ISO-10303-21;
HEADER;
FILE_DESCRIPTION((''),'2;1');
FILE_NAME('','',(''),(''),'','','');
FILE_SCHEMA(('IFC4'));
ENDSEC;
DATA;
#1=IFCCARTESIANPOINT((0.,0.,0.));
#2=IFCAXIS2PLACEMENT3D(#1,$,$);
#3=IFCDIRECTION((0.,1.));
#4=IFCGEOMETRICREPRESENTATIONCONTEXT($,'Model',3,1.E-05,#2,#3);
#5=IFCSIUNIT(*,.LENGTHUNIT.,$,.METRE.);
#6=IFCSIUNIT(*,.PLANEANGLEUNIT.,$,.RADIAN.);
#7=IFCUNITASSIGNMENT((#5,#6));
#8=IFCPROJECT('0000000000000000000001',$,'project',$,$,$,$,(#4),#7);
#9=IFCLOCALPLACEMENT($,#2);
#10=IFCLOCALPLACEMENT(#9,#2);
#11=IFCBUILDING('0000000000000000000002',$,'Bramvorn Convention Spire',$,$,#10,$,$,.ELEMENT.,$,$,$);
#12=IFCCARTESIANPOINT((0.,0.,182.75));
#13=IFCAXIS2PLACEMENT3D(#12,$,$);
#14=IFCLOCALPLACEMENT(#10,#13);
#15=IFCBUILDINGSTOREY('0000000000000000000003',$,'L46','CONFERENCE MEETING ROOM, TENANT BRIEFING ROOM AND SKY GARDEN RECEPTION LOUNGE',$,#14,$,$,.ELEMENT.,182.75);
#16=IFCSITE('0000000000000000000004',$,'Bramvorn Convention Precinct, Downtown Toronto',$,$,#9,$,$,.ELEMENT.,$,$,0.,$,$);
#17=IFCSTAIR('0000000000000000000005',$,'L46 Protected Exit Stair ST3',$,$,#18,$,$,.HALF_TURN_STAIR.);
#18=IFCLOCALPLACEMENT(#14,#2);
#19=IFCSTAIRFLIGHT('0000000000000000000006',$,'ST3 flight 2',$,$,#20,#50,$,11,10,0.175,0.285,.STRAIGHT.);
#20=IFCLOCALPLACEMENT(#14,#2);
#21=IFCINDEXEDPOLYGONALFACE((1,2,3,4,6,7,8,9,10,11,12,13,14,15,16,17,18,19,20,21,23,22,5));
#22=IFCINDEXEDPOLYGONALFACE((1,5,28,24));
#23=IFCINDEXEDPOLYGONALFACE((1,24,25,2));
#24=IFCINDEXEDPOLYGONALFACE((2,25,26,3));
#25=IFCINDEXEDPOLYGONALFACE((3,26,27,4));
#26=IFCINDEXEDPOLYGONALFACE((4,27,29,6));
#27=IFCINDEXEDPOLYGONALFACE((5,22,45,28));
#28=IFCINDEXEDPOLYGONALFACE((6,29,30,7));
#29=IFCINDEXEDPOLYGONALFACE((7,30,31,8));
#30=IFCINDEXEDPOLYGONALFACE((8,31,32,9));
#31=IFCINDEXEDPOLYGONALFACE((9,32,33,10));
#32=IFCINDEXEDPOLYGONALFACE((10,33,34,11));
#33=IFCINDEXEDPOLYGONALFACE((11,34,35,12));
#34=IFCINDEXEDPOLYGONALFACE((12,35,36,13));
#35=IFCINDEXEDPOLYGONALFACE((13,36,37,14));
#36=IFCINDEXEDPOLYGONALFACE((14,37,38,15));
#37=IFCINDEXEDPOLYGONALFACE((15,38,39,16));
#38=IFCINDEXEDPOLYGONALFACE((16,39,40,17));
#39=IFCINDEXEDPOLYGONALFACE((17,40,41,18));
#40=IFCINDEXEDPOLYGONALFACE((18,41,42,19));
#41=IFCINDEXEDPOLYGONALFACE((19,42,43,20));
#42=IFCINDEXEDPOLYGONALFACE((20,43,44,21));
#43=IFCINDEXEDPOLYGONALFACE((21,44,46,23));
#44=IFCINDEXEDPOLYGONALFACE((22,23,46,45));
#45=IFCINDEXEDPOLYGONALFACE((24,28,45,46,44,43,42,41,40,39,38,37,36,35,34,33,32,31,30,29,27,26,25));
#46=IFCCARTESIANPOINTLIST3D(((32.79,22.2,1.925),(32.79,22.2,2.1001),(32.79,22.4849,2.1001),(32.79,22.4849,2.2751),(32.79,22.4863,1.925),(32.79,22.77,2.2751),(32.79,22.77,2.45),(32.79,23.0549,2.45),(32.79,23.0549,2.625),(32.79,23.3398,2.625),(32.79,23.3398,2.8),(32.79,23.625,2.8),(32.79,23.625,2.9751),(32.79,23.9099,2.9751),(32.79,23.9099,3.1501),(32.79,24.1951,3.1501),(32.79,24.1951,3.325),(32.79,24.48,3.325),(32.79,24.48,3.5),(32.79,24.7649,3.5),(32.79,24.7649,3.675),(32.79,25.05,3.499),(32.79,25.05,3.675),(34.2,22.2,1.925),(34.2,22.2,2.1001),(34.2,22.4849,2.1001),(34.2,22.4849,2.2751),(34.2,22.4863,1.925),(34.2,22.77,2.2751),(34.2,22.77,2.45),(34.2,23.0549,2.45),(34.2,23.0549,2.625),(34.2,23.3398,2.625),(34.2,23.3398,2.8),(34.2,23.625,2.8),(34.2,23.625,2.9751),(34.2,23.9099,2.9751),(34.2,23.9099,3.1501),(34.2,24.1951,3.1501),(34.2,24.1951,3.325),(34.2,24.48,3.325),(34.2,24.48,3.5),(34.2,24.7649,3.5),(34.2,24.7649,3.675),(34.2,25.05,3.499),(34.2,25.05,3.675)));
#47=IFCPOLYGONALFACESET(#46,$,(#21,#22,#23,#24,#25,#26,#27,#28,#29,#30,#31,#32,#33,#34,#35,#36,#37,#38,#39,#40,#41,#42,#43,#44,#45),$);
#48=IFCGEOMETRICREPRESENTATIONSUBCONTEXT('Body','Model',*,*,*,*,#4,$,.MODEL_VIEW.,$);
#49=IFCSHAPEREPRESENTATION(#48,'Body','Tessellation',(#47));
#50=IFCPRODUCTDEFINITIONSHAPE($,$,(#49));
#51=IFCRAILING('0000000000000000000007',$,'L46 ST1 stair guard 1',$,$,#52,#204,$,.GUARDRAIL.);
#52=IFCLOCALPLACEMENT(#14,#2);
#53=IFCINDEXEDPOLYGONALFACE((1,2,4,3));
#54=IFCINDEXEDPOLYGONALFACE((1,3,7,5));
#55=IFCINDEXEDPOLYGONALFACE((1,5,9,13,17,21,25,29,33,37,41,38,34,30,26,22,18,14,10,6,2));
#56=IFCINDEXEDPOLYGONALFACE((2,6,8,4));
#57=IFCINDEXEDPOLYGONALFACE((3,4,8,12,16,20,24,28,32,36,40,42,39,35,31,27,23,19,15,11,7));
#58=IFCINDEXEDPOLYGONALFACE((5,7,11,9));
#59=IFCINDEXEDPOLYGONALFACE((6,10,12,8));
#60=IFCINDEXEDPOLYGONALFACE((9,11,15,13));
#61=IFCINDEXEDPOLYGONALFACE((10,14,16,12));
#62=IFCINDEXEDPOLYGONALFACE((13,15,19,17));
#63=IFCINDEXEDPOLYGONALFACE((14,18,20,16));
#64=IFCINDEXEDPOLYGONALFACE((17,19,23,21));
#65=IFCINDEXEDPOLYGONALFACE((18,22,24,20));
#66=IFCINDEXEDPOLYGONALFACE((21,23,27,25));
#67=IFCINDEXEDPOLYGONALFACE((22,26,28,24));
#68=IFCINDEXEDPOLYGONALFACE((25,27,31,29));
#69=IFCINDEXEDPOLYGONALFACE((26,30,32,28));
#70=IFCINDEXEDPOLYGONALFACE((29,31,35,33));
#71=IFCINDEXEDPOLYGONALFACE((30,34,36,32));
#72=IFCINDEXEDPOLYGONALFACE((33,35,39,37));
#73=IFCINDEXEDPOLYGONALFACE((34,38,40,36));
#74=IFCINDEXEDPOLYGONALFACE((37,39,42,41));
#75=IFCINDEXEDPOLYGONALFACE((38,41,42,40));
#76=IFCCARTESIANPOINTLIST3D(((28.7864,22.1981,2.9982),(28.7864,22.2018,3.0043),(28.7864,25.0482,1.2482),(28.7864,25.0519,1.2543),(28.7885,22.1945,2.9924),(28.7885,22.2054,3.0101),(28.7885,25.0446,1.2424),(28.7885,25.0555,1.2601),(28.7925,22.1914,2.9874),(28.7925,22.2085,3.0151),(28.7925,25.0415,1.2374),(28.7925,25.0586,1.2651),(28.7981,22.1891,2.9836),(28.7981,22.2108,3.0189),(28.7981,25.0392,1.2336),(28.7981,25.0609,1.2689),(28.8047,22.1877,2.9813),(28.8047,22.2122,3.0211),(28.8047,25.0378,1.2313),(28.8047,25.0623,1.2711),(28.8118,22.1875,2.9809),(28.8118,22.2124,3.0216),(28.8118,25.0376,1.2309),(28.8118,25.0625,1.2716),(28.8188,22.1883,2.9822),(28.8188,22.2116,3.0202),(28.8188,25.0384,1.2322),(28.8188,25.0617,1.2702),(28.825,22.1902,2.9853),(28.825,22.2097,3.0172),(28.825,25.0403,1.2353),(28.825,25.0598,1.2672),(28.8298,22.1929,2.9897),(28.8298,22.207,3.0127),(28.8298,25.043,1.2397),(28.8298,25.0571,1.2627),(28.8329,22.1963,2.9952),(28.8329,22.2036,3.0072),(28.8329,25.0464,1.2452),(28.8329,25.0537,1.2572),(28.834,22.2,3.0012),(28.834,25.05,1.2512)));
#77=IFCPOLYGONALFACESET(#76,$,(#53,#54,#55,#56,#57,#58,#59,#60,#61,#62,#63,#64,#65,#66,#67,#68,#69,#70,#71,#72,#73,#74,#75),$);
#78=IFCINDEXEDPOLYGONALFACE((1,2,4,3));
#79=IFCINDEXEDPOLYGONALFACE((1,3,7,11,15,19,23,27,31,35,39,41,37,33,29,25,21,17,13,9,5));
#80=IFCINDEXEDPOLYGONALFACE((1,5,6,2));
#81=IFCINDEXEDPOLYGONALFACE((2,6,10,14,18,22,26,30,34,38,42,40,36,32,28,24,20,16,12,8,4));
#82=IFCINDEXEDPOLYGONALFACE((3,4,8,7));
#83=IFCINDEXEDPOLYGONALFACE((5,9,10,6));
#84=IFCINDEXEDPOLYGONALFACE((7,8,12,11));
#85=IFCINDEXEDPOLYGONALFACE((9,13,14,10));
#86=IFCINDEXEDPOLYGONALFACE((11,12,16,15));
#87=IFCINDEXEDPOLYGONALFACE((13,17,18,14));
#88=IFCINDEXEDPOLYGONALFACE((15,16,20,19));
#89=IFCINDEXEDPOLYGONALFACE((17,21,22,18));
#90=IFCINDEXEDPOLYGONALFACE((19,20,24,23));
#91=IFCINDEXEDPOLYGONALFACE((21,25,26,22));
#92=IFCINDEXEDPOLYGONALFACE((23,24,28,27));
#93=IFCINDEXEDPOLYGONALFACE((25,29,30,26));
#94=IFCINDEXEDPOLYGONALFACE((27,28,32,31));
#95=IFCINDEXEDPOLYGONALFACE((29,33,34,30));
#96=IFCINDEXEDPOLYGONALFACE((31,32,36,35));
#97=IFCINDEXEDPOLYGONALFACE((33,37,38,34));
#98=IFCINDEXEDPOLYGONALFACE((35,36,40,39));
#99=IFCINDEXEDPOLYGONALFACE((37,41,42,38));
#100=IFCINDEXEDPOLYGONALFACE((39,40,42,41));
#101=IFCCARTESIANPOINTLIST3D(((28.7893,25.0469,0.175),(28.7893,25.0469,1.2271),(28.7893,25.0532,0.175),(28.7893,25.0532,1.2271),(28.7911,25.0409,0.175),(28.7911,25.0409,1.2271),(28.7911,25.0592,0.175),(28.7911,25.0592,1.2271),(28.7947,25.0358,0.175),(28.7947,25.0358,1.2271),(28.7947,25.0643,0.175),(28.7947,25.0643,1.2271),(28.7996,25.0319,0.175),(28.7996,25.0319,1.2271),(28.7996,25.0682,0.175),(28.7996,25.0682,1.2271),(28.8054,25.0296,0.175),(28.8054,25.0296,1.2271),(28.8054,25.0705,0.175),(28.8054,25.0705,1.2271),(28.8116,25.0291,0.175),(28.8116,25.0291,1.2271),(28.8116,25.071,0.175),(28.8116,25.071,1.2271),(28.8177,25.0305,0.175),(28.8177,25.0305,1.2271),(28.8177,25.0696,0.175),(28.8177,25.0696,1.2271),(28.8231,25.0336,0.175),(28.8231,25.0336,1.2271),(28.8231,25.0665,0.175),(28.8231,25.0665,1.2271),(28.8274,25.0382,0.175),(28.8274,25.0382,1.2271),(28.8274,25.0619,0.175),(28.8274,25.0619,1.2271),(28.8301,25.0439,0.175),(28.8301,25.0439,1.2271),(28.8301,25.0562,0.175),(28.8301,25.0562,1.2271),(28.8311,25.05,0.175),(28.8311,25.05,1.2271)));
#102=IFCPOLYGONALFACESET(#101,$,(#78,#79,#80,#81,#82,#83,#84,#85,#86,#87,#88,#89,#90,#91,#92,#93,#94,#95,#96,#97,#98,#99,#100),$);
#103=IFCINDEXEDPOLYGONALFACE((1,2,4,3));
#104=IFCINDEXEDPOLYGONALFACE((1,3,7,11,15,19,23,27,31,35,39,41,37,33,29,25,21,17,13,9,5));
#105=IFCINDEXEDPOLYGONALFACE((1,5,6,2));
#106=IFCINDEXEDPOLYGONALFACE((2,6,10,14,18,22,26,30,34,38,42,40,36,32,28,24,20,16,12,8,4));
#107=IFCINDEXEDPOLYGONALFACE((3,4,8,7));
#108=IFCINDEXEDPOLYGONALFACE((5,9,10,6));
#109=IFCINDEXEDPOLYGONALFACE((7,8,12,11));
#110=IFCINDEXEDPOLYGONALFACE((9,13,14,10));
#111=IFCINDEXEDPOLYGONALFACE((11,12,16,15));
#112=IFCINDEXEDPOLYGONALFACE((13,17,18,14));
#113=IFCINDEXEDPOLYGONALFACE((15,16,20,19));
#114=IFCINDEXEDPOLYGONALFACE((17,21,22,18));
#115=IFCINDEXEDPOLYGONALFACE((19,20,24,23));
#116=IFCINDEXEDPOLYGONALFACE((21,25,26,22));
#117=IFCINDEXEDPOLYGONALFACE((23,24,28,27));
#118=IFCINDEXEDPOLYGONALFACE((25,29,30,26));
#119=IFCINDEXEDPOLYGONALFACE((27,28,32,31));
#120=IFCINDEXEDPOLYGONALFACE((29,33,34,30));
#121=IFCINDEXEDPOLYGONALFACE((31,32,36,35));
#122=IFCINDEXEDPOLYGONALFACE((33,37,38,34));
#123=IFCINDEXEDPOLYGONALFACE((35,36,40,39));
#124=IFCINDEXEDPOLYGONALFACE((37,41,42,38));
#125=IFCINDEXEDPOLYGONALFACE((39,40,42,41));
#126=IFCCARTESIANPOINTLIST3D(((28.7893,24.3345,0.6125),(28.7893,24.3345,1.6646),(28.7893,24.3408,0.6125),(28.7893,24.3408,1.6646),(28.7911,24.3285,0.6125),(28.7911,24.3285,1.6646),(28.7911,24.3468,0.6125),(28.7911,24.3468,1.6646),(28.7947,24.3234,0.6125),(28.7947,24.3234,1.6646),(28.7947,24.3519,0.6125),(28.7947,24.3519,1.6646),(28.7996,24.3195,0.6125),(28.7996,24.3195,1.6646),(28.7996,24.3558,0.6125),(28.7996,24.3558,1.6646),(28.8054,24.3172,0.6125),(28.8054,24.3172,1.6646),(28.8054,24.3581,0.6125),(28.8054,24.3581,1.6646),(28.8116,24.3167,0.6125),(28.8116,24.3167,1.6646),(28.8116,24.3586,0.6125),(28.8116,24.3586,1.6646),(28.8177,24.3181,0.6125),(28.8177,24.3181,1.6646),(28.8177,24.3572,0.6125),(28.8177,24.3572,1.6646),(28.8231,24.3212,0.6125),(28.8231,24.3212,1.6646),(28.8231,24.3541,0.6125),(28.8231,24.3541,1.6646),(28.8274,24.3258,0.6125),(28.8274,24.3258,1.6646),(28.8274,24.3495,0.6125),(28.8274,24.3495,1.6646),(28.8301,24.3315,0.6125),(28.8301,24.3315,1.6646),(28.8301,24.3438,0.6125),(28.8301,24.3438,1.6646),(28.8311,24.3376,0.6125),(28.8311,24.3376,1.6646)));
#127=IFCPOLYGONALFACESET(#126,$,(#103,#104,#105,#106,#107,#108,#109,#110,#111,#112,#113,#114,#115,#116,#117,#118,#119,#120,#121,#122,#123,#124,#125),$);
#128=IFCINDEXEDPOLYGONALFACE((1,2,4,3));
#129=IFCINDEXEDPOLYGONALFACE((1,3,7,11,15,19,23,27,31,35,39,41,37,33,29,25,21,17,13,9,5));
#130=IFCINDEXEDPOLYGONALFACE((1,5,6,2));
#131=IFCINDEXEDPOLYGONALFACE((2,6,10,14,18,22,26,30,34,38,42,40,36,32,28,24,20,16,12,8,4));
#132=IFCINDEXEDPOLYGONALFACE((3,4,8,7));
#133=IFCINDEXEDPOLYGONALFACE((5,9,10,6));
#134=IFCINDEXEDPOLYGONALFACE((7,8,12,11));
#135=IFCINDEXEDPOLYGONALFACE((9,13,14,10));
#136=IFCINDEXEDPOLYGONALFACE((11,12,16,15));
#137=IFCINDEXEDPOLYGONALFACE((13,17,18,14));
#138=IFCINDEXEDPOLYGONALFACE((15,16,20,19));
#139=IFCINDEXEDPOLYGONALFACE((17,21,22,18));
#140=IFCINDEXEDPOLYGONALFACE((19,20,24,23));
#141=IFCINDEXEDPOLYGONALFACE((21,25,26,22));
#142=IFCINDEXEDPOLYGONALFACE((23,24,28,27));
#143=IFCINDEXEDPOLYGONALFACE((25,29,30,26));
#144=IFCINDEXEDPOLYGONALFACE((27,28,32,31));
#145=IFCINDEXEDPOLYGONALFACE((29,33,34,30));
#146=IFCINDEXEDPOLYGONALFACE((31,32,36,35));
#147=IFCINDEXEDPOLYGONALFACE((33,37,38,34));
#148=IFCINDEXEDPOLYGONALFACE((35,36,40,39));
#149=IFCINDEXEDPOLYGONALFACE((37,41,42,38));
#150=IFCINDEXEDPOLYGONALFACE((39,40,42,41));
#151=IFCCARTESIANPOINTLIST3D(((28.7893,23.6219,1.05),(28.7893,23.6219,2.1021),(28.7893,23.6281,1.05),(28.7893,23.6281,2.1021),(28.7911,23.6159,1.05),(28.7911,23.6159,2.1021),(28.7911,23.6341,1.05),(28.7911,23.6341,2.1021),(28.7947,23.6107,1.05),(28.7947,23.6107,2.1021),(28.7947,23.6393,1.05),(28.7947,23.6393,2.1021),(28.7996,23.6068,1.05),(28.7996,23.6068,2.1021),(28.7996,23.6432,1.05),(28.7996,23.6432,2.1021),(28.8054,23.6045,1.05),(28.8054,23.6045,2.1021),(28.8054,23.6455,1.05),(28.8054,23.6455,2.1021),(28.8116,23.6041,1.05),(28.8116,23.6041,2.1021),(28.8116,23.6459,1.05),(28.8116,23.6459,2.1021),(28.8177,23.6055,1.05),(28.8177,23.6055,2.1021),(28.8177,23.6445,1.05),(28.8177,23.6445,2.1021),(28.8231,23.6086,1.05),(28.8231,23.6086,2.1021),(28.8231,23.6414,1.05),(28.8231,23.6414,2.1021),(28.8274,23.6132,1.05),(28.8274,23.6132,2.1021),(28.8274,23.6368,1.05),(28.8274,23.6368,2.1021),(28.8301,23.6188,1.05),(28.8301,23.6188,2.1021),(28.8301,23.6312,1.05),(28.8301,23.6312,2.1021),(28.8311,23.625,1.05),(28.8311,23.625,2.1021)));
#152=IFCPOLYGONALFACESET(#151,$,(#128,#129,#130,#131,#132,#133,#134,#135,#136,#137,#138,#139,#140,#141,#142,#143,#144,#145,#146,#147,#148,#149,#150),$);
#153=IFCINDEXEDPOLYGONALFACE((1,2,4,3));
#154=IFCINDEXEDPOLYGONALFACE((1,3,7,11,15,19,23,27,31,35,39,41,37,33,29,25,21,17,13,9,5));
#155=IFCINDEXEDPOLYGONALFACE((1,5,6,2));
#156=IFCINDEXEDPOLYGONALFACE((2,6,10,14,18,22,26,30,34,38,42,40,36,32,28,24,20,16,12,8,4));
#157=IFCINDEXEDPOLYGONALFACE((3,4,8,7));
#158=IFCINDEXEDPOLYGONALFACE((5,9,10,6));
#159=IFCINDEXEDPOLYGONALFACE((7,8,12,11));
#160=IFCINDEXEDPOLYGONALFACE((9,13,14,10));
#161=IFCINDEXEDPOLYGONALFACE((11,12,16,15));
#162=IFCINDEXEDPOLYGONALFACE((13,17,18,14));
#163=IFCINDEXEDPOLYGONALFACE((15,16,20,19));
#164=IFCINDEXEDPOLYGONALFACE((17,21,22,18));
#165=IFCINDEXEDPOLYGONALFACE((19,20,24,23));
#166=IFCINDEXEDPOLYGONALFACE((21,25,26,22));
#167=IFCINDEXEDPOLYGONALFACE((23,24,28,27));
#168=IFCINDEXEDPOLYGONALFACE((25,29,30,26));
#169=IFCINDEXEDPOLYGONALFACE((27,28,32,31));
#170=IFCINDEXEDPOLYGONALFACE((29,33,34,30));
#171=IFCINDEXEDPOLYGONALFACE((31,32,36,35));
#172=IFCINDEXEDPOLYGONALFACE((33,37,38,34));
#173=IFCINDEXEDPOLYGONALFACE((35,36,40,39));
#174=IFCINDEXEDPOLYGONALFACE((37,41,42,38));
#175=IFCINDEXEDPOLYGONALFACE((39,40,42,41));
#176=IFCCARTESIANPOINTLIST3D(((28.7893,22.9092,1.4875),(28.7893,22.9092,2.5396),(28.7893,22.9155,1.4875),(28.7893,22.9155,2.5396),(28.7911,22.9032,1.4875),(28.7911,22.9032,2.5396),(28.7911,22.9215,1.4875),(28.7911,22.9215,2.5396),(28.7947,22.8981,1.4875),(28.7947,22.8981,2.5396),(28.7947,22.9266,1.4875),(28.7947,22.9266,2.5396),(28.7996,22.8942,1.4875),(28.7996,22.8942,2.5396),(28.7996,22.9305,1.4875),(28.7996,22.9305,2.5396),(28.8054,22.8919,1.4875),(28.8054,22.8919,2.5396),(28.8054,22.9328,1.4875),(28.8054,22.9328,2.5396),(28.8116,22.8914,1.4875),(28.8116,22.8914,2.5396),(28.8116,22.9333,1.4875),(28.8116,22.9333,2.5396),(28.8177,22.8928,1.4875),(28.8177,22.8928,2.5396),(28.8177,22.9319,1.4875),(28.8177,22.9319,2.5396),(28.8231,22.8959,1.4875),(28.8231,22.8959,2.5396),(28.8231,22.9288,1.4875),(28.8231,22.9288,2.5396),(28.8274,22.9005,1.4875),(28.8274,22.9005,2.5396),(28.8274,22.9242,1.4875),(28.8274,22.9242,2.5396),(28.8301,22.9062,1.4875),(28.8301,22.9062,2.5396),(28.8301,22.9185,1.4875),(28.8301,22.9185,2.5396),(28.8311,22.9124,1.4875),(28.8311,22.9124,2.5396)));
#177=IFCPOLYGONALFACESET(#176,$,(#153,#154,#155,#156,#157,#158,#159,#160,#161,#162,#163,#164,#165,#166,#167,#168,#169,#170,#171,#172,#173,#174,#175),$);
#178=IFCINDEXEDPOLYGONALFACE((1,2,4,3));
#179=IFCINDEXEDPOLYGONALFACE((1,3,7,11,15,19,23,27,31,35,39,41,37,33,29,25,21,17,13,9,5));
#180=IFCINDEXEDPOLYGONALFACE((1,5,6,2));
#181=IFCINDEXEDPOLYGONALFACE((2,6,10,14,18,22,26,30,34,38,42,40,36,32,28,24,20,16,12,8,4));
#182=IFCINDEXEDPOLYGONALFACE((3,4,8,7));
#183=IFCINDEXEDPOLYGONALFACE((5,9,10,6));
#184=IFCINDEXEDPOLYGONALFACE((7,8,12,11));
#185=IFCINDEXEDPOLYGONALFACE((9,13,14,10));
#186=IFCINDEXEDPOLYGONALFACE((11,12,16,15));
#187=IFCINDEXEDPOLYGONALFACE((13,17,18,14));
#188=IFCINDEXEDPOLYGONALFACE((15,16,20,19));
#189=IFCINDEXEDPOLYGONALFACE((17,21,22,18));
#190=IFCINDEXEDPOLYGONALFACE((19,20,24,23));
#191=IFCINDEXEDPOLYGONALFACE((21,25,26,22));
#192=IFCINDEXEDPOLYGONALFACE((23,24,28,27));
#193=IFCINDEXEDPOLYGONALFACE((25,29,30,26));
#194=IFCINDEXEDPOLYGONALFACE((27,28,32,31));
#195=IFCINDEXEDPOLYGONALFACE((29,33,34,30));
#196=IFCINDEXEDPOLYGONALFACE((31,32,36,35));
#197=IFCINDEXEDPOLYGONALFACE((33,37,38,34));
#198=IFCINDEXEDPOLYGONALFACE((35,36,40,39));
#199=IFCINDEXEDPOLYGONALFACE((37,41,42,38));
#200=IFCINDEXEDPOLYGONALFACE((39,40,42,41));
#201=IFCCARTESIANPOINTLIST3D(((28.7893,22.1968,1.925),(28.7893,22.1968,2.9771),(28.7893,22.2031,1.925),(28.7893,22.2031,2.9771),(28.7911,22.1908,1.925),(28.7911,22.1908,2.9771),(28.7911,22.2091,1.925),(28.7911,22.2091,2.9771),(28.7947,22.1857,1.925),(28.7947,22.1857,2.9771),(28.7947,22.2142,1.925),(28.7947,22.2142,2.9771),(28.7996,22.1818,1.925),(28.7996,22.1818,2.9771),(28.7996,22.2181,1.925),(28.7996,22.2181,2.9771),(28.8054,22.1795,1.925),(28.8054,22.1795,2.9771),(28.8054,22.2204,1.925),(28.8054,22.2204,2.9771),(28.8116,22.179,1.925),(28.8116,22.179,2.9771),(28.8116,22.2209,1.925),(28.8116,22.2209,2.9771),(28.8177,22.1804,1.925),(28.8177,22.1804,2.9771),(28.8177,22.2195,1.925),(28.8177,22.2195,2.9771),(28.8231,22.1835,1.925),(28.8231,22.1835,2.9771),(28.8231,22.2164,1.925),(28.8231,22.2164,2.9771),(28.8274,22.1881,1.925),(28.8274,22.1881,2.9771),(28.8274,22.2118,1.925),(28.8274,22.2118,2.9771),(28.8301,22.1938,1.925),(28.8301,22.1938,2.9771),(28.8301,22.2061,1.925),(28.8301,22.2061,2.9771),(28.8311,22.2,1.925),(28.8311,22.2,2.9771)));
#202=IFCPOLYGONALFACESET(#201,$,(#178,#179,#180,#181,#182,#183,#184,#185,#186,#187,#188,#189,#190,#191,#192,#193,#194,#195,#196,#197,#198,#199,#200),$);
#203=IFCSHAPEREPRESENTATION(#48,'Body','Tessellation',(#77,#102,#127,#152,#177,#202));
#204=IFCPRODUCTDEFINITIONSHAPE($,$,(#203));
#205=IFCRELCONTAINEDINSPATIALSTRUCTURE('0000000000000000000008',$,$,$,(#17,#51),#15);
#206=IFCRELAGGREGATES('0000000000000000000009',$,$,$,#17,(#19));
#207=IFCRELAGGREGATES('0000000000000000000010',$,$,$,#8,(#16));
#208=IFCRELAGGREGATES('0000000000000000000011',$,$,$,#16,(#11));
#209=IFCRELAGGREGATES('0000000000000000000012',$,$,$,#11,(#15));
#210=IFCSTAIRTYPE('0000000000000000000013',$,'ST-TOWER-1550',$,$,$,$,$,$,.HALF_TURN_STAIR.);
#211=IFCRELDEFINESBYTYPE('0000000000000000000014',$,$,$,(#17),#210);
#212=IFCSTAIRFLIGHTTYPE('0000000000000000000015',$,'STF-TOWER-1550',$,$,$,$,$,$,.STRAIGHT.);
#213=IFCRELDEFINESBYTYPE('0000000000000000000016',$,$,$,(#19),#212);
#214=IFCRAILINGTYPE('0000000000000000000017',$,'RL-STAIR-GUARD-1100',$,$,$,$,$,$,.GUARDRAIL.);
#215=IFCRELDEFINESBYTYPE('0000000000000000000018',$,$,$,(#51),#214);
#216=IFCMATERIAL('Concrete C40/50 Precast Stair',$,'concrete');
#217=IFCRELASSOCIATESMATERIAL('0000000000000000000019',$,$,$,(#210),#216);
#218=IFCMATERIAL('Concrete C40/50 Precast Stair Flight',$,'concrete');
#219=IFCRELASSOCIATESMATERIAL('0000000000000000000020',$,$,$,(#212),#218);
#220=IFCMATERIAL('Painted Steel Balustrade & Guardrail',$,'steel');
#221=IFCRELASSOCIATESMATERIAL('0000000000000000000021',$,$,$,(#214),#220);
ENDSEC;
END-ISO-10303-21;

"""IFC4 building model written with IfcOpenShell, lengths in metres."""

from ifc_helpers import new_model, si_unit, direction, frame, origin, origin_2d, place, context, subcontext, project, spatial, polyline, circle, outline, extrude, material, type_object, element, aggregate, save


model = new_model("IFC4")

# Units and contexts
model_context = context("Model", 3, precision=1e-05, world=origin(), true_north=direction((0.0, 1.0)))
body_context = subcontext(model_context, "Body", "Model", "MODEL_VIEW")
ifc_project = project(units=[si_unit("LENGTHUNIT", "METRE"), si_unit("PLANEANGLEUNIT", "RADIAN")], contexts=[model_context])

# Site, building, storey
site_placement = place(None, origin())
site = spatial("IfcSite", under=ifc_project, at=site_placement, Name="Bramvorn Convention Precinct, Downtown Toronto", CompositionType="ELEMENT", RefElevation=0.0)
building_placement = place(site_placement, origin())
building = spatial("IfcBuilding", under=site, at=building_placement, Name="Bramvorn Convention Spire", CompositionType="ELEMENT")
storey_placement = place(building_placement, frame((0.0, 0.0, 182.75)))
storey = spatial("IfcBuildingStorey", under=building, at=storey_placement, Name="L46", Description="CONFERENCE MEETING ROOM, TENANT BRIEFING ROOM AND SKY GARDEN RECEPTION LOUNGE", CompositionType="ELEMENT", Elevation=182.75)

# Stair, stair flight
ifc_material_1 = material(Name="Concrete C40/50 Precast Stair", Category="concrete")
stair_type = type_object("IfcStairType", Name="ST-TOWER-1550", PredefinedType="HALF_TURN_STAIR", material=ifc_material_1)
ifc_material_2 = material(Name="Concrete C40/50 Precast Stair Flight", Category="concrete")
stair_flight_type = type_object("IfcStairFlightType", Name="STF-TOWER-1550", PredefinedType="STRAIGHT", material=ifc_material_2)
stair_1_placement = place(storey_placement, origin())
stair_1 = element("IfcStair", 1, at=stair_1_placement, inside=storey, type_object=stair_type, Name="L46 Protected Exit Stair ST3", PredefinedType="HALF_TURN_STAIR")
stair_flight_1_placement = place(storey_placement, frame((33.4951, 22.2, 1.925), z_axis=(0.0, 0.0, 1.0), x_axis=(0.0, 1.0, 0.0)))
stair_flight_1 = element("IfcStairFlight", 2, at=stair_flight_1_placement, type_object=stair_flight_type, Name="ST3 flight 2", NumberOfRisers=11, NumberOfTreads=10, PredefinedType="STRAIGHT", RiserHeight=0.175, TreadLength=0.285, context=body_context, shape_type="SweptSolid", body=[
    extrude(outline(polyline([(0.0, 0.0), (0.0, 0.175), (0.2849, 0.175), (0.2849, 0.3501), (0.5701, 0.3501), (0.5701, 0.5249), (0.855, 0.5249), (0.855, 0.7), (1.1399, 0.7), (1.1399, 0.875), (1.425, 0.875), (1.425, 1.05), (1.71, 1.05), (1.71, 1.2251), (1.9951, 1.2251), (1.9951, 1.3999), (2.28, 1.3999), (2.28, 1.575), (2.5649, 1.575), (2.5649, 1.75), (2.8501, 1.75), (2.8501, 1.925), (2.8501, 1.574), (0.2864, 0.0), (0.0, 0.0)])), frame((0.0, 0.7051, 0.0), z_axis=(0.0, -1.0, 0.0), x_axis=(1.0, 0.0, 0.0)), (0.0, 0.0, 1.0), 1.4099),
])
aggregate(stair_1, [stair_flight_1])

# Railing
ifc_material_3 = material(Name="Painted Steel Balustrade & Guardrail", Category="steel")
railing_type_1 = type_object("IfcRailingType", Name="RL-STAIR-GUARD-1100", PredefinedType="GUARDRAIL", material=ifc_material_3)
railing_1_placement = place(storey_placement, frame((28.8101, 25.05, 0.175)))
element("IfcRailing", 3, at=railing_1_placement, inside=storey, type_object=railing_type_1, Name="L46 ST1 stair guard 1", PredefinedType="GUARDRAIL", context=body_context, shape_type="SweptSolid", body=[
    extrude(circle(Radius=0.0239, at=origin_2d()), frame((0.0, 0.0, 1.0762), z_axis=(0.0, -0.852179, 0.52325), x_axis=(1.0, 0.0, 0.0)), (0.0, 0.0, 1.0), 3.3445),
    extrude(circle(Radius=0.021, at=origin_2d()), origin(), (0.0, 0.0, 1.0), 1.052),
    extrude(circle(Radius=0.021, at=origin_2d()), frame((0.0, -0.7124, 0.4375)), (0.0, 0.0, 1.0), 1.052),
    extrude(circle(Radius=0.021, at=origin_2d()), frame((0.0, -1.425, 0.875)), (0.0, 0.0, 1.0), 1.052),
    extrude(circle(Radius=0.021, at=origin_2d()), frame((0.0, -2.1377, 1.3125)), (0.0, 0.0, 1.0), 1.052),
    extrude(circle(Radius=0.021, at=origin_2d()), frame((0.0, -2.8501, 1.75)), (0.0, 0.0, 1.0), 1.052),
])

save(model, "model.ifc")
